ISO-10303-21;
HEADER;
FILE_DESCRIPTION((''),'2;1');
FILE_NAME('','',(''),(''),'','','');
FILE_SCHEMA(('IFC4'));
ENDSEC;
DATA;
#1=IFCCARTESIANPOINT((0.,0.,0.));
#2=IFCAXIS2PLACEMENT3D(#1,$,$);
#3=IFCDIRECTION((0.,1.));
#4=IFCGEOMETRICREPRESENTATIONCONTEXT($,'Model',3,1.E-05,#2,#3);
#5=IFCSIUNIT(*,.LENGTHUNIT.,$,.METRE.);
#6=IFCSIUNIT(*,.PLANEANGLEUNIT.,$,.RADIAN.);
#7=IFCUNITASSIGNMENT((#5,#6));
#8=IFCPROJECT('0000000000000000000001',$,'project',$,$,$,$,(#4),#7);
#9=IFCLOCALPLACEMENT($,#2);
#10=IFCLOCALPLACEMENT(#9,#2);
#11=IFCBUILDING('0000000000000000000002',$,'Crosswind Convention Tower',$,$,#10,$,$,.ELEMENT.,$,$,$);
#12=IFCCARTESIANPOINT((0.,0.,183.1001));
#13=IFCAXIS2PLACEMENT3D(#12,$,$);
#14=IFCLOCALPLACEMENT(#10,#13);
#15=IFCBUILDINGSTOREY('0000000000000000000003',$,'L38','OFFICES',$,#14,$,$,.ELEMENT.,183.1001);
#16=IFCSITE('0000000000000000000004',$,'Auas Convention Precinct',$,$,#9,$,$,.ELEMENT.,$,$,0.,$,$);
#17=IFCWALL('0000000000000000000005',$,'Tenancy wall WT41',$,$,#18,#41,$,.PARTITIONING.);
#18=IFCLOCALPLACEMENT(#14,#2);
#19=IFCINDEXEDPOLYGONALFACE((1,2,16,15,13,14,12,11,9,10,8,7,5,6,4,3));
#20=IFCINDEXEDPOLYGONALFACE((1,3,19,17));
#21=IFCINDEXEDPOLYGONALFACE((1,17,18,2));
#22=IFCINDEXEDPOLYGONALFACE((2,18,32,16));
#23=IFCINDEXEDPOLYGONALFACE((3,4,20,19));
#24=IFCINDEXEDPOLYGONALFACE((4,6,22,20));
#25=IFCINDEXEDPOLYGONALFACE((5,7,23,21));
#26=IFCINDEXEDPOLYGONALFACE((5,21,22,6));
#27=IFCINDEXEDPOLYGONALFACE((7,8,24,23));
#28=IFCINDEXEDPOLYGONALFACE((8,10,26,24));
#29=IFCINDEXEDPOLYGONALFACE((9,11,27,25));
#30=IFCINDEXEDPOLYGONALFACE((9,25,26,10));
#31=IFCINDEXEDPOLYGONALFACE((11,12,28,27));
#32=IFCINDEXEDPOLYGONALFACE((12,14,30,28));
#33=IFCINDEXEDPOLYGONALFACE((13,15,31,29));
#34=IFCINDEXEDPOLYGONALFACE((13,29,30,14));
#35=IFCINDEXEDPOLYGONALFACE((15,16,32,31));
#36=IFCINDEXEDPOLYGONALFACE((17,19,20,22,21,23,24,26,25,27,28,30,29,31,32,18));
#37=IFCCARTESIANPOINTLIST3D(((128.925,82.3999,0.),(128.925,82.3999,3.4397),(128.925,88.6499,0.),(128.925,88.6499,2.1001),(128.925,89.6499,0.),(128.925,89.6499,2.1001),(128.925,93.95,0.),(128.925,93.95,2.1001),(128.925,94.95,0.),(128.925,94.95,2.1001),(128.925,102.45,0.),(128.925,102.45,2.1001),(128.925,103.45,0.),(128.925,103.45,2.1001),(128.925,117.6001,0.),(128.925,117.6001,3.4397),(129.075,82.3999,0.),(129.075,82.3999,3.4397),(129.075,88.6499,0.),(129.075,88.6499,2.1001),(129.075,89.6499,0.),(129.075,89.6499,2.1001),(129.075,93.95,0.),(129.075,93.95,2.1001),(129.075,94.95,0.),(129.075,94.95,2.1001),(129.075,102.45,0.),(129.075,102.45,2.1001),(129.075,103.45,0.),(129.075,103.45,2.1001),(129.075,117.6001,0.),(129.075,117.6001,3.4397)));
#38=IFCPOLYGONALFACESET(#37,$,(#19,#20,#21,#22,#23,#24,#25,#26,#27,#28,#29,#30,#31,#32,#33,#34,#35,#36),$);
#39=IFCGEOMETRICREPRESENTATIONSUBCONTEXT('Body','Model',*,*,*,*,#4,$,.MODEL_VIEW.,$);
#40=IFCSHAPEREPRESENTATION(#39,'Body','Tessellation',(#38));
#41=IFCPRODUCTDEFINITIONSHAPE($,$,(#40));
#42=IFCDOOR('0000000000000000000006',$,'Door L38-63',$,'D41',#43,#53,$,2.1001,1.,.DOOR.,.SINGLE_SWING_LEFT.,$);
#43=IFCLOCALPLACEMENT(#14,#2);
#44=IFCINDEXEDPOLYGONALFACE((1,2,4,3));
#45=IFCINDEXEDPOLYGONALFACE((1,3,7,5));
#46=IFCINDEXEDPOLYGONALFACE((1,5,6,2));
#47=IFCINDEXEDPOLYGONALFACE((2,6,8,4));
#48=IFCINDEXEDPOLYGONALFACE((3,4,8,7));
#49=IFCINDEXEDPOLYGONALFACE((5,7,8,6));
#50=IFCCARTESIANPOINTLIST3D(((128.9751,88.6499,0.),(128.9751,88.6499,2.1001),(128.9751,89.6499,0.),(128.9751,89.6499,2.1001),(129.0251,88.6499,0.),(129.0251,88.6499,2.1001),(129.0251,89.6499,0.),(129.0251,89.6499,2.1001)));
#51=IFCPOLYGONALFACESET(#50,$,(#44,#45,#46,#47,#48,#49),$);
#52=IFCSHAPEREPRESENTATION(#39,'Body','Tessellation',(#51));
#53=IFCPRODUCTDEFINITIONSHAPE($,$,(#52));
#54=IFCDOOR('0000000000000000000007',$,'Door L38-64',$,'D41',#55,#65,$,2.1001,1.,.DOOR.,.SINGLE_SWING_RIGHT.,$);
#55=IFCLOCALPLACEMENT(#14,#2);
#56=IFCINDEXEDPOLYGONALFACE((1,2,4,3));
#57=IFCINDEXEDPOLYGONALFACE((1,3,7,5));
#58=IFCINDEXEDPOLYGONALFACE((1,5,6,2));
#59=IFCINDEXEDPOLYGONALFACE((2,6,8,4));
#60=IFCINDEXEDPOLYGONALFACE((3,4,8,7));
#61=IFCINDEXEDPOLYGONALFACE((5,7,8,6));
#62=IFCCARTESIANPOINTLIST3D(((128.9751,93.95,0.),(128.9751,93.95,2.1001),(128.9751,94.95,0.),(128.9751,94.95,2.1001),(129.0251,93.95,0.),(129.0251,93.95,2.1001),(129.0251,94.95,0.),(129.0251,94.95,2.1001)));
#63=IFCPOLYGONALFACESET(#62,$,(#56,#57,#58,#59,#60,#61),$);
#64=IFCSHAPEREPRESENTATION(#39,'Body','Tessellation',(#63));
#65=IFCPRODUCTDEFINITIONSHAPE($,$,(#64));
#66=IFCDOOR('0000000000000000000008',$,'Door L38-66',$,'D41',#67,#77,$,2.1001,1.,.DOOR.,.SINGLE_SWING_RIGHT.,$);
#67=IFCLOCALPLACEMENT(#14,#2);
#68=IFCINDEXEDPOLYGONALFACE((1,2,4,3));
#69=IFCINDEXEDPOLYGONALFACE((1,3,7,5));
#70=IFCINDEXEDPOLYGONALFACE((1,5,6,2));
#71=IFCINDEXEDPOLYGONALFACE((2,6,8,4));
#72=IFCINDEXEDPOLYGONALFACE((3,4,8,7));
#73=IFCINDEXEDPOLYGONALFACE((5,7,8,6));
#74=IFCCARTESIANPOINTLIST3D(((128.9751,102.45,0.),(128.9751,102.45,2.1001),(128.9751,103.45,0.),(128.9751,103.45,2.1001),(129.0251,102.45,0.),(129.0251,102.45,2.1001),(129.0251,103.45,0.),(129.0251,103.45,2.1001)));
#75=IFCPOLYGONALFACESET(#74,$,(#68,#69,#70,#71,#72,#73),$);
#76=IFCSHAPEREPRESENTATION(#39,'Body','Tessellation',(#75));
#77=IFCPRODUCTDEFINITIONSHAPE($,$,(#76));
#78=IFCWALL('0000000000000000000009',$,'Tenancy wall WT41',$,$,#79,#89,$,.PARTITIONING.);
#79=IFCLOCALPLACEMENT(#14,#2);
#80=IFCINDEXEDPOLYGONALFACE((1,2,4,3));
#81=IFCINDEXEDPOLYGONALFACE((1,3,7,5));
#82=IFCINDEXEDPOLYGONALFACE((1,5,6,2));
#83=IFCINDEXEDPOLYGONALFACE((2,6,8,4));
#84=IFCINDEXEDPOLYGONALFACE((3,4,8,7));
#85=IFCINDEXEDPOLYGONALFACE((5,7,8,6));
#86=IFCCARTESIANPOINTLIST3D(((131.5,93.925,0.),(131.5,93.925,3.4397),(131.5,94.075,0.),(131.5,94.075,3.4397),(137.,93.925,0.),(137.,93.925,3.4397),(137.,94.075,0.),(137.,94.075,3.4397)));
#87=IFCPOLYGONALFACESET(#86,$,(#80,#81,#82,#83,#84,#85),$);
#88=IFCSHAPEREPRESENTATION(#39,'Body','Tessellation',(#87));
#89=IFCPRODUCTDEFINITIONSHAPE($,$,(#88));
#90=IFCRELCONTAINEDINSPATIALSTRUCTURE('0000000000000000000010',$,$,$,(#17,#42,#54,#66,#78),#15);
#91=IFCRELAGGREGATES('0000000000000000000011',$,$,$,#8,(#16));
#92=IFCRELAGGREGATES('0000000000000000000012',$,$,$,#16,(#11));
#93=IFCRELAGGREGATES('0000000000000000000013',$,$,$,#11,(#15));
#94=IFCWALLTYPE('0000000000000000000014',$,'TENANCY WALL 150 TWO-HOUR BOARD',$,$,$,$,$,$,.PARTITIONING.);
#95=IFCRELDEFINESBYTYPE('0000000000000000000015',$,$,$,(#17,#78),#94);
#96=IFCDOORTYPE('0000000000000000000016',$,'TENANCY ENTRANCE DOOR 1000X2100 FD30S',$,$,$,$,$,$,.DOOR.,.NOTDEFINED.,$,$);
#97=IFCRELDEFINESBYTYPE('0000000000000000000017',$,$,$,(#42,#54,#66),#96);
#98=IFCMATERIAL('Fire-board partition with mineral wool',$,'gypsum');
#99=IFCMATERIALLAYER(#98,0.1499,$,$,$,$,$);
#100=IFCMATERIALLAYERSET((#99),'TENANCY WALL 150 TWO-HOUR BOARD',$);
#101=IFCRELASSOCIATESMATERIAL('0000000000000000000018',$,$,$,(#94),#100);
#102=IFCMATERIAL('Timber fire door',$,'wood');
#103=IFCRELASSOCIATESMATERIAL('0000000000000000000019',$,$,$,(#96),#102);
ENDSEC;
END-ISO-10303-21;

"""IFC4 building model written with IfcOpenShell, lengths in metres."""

from ifc_helpers import new_model, si_unit, direction, frame, frame_2d, origin, place, context, subcontext, project, spatial, rectangle, extrude, material, layer, layer_set, type_object, element, fill, save


model = new_model("IFC4")

# Units and contexts
model_context = context("Model", 3, precision=1e-05, world=origin(), true_north=direction((0.0, 1.0)))
body_context = subcontext(model_context, "Body", "Model", "MODEL_VIEW")
ifc_project = project(units=[si_unit("LENGTHUNIT", "METRE"), si_unit("PLANEANGLEUNIT", "RADIAN")], contexts=[model_context])

# Site, building, storey
site_placement = place(None, origin())
site = spatial("IfcSite", under=ifc_project, at=site_placement, Name="Auas Convention Precinct", CompositionType="ELEMENT", RefElevation=0.0)
building_placement = place(site_placement, origin())
building = spatial("IfcBuilding", under=site, at=building_placement, Name="Crosswind Convention Tower", CompositionType="ELEMENT")
storey_placement = place(building_placement, frame((0.0, 0.0, 183.1001)))
storey = spatial("IfcBuildingStorey", under=building, at=storey_placement, Name="L38", Description="OFFICES", CompositionType="ELEMENT", Elevation=183.1001)

# Wall, openings, doors
ifc_material_1 = material(Name="Fire-board partition with mineral wool", Category="gypsum")
ifc_layer_1 = layer(ifc_material_1, 0.1499)
ifc_layer_set_1 = layer_set([ifc_layer_1], Name="TENANCY WALL 150 TWO-HOUR BOARD")
wall_type_1 = type_object("IfcWallType", Name="TENANCY WALL 150 TWO-HOUR BOARD", PredefinedType="PARTITIONING", material=ifc_layer_set_1)
wall_1_placement = place(storey_placement, frame((129.0, 82.3999, 0.0), z_axis=(0.0, 0.0, 1.0), x_axis=(0.0, 1.0, 0.0)))
wall_1 = element("IfcWall", 1, at=wall_1_placement, inside=storey, type_object=wall_type_1, Name="Tenancy wall WT41", PredefinedType="PARTITIONING", context=body_context, shape_type="SweptSolid", body=[
    extrude(rectangle(XDim=35.2002, YDim=0.1499, at=frame_2d((17.6001, 0.0))), origin(), (0.0, 0.0, 1.0), 3.4397),
])
opening_1_placement = place(wall_1_placement, frame((6.25, 0.0, 0.0)))
opening_1 = element("IfcOpeningElement", 2, at=opening_1_placement, cuts=wall_1, PredefinedType="OPENING", context=body_context, shape_type="SweptSolid", body=[
    extrude(rectangle(XDim=1.0, YDim=2.1001, at=frame_2d((0.5, 1.05))), frame((0.0, 0.085, 0.0), z_axis=(0.0, -1.0, 0.0), x_axis=(1.0, 0.0, 0.0)), (0.0, 0.0, 1.0), 0.1699),
])
opening_2_placement = place(wall_1_placement, frame((11.55, 0.0, 0.0)))
opening_2 = element("IfcOpeningElement", 3, at=opening_2_placement, cuts=wall_1, PredefinedType="OPENING", context=body_context, shape_type="SweptSolid", body=[
    extrude(rectangle(XDim=1.0, YDim=2.1001, at=frame_2d((0.5, 1.05))), frame((0.0, 0.085, 0.0), z_axis=(0.0, -1.0, 0.0), x_axis=(1.0, 0.0, 0.0)), (0.0, 0.0, 1.0), 0.1699),
])
opening_3_placement = place(wall_1_placement, frame((20.05, 0.0, 0.0)))
opening_3 = element("IfcOpeningElement", 4, at=opening_3_placement, cuts=wall_1, PredefinedType="OPENING", context=body_context, shape_type="SweptSolid", body=[
    extrude(rectangle(XDim=1.0, YDim=2.1001, at=frame_2d((0.5, 1.05))), frame((0.0, 0.085, 0.0), z_axis=(0.0, -1.0, 0.0), x_axis=(1.0, 0.0, 0.0)), (0.0, 0.0, 1.0), 0.1699),
])
ifc_material_2 = material(Name="Timber fire door", Category="wood")
door_type = type_object("IfcDoorType", Name="TENANCY ENTRANCE DOOR 1000X2100 FD30S", OperationType="NOTDEFINED", PredefinedType="DOOR", material=ifc_material_2)
door_1_placement = place(opening_1_placement, origin())
door_1 = element("IfcDoor", 5, at=door_1_placement, inside=storey, type_object=door_type, Name="Door L38-63", ObjectType="D41", OperationType="SINGLE_SWING_LEFT", OverallHeight=2.1001, OverallWidth=1.0, PredefinedType="DOOR", context=body_context, shape_type="SweptSolid", body=[
    extrude(rectangle(XDim=1.0, YDim=2.1001, at=frame_2d((0.5, 1.05))), frame((0.0, 0.0249, 0.0), z_axis=(0.0, -1.0, 0.0), x_axis=(1.0, 0.0, 0.0)), (0.0, 0.0, 1.0), 0.05),
])
fill(opening_1, door_1)
door_2_placement = place(opening_2_placement, origin())
door_2 = element("IfcDoor", 6, at=door_2_placement, inside=storey, type_object=door_type, Name="Door L38-64", ObjectType="D41", OperationType="SINGLE_SWING_RIGHT", OverallHeight=2.1001, OverallWidth=1.0, PredefinedType="DOOR", context=body_context, shape_type="SweptSolid", body=[
    extrude(rectangle(XDim=1.0, YDim=2.1001, at=frame_2d((0.5, 1.05))), frame((0.0, 0.0249, 0.0), z_axis=(0.0, -1.0, 0.0), x_axis=(1.0, 0.0, 0.0)), (0.0, 0.0, 1.0), 0.05),
])
fill(opening_2, door_2)
door_3_placement = place(opening_3_placement, origin())
door_3 = element("IfcDoor", 7, at=door_3_placement, inside=storey, type_object=door_type, Name="Door L38-66", ObjectType="D41", OperationType="SINGLE_SWING_RIGHT", OverallHeight=2.1001, OverallWidth=1.0, PredefinedType="DOOR", context=body_context, shape_type="SweptSolid", body=[
    extrude(rectangle(XDim=1.0, YDim=2.1001, at=frame_2d((0.5, 1.05))), frame((0.0, 0.0249, 0.0), z_axis=(0.0, -1.0, 0.0), x_axis=(1.0, 0.0, 0.0)), (0.0, 0.0, 1.0), 0.05),
])
fill(opening_3, door_3)

# Wall
wall_2_placement = place(storey_placement, frame((131.5, 94.0, 0.0), z_axis=(0.0, 0.0, 1.0), x_axis=(1.0, 0.0, 0.0)))
element("IfcWall", 8, at=wall_2_placement, inside=storey, type_object=wall_type_1, Name="Tenancy wall WT41", PredefinedType="PARTITIONING", context=body_context, shape_type="SweptSolid", body=[
    extrude(rectangle(XDim=5.5, YDim=0.1499, at=frame_2d((2.75, 0.0))), origin(), (0.0, 0.0, 1.0), 3.4397),
])

save(model, "model.ifc")
